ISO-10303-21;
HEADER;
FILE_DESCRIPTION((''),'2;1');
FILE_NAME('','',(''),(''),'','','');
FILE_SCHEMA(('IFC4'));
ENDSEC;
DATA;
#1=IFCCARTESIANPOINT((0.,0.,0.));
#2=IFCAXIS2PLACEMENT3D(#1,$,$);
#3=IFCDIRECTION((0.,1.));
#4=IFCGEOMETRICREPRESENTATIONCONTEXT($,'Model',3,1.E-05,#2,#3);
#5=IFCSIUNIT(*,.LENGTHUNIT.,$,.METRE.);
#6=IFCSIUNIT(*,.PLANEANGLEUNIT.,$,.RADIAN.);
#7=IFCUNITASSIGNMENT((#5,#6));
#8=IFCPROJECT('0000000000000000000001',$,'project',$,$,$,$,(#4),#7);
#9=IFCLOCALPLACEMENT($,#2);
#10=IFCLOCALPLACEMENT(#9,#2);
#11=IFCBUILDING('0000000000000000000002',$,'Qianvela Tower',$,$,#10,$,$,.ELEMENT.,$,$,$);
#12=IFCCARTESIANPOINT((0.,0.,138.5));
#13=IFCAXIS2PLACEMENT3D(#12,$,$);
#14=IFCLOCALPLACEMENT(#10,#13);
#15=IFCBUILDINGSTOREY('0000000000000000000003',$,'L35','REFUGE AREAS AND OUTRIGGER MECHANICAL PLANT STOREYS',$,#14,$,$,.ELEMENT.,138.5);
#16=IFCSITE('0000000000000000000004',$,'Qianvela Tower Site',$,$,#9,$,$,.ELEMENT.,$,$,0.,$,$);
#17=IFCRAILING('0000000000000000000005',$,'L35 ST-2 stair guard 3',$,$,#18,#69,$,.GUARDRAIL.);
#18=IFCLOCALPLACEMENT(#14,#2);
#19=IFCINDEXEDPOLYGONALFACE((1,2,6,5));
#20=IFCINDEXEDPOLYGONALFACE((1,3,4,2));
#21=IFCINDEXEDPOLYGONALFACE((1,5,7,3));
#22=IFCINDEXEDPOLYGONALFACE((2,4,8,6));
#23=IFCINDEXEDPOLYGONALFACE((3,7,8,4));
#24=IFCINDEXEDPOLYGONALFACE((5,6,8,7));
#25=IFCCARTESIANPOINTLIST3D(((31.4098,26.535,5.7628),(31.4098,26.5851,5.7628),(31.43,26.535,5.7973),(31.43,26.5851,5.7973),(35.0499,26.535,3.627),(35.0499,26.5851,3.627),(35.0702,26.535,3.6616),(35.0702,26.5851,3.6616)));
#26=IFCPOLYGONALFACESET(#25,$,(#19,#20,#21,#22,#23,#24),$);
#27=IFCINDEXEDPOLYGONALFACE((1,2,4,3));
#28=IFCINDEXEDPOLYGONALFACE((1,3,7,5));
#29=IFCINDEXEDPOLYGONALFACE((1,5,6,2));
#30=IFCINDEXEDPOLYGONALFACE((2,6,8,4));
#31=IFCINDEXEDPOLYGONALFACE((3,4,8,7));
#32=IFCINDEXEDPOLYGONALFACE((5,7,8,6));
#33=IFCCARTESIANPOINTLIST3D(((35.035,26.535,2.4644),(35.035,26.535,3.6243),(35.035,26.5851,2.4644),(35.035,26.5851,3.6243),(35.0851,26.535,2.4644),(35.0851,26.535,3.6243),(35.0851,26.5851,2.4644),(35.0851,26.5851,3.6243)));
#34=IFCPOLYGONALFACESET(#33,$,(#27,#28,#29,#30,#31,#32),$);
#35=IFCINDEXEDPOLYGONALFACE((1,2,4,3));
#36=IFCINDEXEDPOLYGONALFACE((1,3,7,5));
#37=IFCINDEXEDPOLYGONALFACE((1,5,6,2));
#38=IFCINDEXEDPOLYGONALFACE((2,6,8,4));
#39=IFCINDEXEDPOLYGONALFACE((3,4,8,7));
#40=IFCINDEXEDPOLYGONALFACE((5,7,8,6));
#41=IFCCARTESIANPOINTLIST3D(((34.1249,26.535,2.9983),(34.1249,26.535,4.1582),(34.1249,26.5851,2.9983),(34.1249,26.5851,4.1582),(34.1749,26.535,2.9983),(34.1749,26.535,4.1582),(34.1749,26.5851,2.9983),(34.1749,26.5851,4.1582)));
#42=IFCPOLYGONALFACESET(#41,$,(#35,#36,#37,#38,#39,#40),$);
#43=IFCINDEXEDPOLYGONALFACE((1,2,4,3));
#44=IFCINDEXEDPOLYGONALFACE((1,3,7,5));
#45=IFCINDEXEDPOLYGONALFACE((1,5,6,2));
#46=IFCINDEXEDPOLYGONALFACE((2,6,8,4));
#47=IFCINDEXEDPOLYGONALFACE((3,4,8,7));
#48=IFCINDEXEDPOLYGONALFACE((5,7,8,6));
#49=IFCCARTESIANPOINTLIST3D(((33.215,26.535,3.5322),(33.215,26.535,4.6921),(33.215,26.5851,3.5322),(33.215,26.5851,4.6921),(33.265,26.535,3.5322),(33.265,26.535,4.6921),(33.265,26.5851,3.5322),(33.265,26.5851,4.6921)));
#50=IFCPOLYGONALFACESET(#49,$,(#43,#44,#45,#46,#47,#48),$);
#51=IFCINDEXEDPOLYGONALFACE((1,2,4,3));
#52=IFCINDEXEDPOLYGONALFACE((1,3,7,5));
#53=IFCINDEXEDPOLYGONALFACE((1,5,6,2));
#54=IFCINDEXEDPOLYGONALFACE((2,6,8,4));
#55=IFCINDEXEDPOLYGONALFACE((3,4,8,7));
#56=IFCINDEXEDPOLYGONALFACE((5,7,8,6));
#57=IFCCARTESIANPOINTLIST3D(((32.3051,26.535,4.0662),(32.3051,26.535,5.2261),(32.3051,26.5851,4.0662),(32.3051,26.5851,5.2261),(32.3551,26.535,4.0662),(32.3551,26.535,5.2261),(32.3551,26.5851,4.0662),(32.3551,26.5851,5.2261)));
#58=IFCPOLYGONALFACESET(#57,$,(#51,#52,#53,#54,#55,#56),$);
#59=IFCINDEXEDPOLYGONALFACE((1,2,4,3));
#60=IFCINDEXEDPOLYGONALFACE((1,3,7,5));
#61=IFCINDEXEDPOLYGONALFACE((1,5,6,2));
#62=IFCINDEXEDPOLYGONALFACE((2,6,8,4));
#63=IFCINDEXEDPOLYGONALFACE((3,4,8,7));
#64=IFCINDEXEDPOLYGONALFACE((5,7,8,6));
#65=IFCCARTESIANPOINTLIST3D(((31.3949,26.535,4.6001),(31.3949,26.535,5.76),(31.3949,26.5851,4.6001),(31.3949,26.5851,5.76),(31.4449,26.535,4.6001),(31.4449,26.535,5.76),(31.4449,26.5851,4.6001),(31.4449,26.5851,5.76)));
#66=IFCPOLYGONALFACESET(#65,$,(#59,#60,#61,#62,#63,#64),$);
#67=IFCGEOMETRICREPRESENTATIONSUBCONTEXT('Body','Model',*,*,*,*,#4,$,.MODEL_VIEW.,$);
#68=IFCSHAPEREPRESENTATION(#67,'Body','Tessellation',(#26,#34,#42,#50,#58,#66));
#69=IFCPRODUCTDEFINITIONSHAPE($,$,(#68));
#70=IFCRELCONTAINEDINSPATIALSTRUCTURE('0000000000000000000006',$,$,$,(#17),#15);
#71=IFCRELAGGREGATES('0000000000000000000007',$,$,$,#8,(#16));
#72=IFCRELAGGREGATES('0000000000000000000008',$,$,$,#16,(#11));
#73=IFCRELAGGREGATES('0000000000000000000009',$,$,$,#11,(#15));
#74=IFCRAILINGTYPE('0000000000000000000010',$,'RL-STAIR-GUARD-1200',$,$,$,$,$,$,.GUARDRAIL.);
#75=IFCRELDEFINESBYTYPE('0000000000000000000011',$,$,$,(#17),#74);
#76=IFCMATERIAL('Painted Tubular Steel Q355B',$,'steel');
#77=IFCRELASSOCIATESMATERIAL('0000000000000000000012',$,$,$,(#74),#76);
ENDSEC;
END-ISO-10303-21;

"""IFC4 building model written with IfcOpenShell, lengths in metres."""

from ifc_helpers import new_model, si_unit, direction, frame, origin, origin_2d, place, context, subcontext, project, spatial, rectangle, extrude, material, type_object, element, save


model = new_model("IFC4")

# Units and contexts
model_context = context("Model", 3, precision=1e-05, world=origin(), true_north=direction((0.0, 1.0)))
body_context = subcontext(model_context, "Body", "Model", "MODEL_VIEW")
ifc_project = project(units=[si_unit("LENGTHUNIT", "METRE"), si_unit("PLANEANGLEUNIT", "RADIAN")], contexts=[model_context])

# Site, building, storey
site_placement = place(None, origin())
site = spatial("IfcSite", under=ifc_project, at=site_placement, Name="Qianvela Tower Site", CompositionType="ELEMENT", RefElevation=0.0)
building_placement = place(site_placement, origin())
building = spatial("IfcBuilding", under=site, at=building_placement, Name="Qianvela Tower", CompositionType="ELEMENT")
storey_placement = place(building_placement, frame((0.0, 0.0, 138.5)))
storey = spatial("IfcBuildingStorey", under=building, at=storey_placement, Name="L35", Description="REFUGE AREAS AND OUTRIGGER MECHANICAL PLANT STOREYS", CompositionType="ELEMENT", Elevation=138.5)

# Railing
ifc_material_1 = material(Name="Painted Tubular Steel Q355B", Category="steel")
railing_type = type_object("IfcRailingType", Name="RL-STAIR-GUARD-1200", PredefinedType="GUARDRAIL", material=ifc_material_1)
railing_1_placement = place(storey_placement, frame((35.0601, 26.5601, 2.4644)))
element("IfcRailing", 1, at=railing_1_placement, inside=storey, type_object=railing_type, Name="L35 ST-2 stair guard 3", PredefinedType="GUARDRAIL", context=body_context, shape_type="SweptSolid", body=[
    extrude(rectangle(XDim=0.05, YDim=0.04, at=origin_2d()), frame((0.0, 0.0, 1.1799), z_axis=(-0.862505, 0.0, 0.506049), x_axis=(0.0, -1.0, 0.0)), (0.0, 0.0, 1.0), 4.2205),
    extrude(rectangle(XDim=0.05, YDim=0.05, at=origin_2d()), origin(), (0.0, 0.0, 1.0), 1.1599),
    extrude(rectangle(XDim=0.05, YDim=0.05, at=origin_2d()), frame((-0.9102, 0.0, 0.5339)), (0.0, 0.0, 1.0), 1.1599),
    extrude(rectangle(XDim=0.05, YDim=0.05, at=origin_2d()), frame((-1.8201, 0.0, 1.0679)), (0.0, 0.0, 1.0), 1.1599),
    extrude(rectangle(XDim=0.05, YDim=0.05, at=origin_2d()), frame((-2.73, 0.0, 1.6018)), (0.0, 0.0, 1.0), 1.1599),
    extrude(rectangle(XDim=0.05, YDim=0.05, at=origin_2d()), frame((-3.6401, 0.0, 2.1357)), (0.0, 0.0, 1.0), 1.1599),
])

save(model, "model.ifc")
